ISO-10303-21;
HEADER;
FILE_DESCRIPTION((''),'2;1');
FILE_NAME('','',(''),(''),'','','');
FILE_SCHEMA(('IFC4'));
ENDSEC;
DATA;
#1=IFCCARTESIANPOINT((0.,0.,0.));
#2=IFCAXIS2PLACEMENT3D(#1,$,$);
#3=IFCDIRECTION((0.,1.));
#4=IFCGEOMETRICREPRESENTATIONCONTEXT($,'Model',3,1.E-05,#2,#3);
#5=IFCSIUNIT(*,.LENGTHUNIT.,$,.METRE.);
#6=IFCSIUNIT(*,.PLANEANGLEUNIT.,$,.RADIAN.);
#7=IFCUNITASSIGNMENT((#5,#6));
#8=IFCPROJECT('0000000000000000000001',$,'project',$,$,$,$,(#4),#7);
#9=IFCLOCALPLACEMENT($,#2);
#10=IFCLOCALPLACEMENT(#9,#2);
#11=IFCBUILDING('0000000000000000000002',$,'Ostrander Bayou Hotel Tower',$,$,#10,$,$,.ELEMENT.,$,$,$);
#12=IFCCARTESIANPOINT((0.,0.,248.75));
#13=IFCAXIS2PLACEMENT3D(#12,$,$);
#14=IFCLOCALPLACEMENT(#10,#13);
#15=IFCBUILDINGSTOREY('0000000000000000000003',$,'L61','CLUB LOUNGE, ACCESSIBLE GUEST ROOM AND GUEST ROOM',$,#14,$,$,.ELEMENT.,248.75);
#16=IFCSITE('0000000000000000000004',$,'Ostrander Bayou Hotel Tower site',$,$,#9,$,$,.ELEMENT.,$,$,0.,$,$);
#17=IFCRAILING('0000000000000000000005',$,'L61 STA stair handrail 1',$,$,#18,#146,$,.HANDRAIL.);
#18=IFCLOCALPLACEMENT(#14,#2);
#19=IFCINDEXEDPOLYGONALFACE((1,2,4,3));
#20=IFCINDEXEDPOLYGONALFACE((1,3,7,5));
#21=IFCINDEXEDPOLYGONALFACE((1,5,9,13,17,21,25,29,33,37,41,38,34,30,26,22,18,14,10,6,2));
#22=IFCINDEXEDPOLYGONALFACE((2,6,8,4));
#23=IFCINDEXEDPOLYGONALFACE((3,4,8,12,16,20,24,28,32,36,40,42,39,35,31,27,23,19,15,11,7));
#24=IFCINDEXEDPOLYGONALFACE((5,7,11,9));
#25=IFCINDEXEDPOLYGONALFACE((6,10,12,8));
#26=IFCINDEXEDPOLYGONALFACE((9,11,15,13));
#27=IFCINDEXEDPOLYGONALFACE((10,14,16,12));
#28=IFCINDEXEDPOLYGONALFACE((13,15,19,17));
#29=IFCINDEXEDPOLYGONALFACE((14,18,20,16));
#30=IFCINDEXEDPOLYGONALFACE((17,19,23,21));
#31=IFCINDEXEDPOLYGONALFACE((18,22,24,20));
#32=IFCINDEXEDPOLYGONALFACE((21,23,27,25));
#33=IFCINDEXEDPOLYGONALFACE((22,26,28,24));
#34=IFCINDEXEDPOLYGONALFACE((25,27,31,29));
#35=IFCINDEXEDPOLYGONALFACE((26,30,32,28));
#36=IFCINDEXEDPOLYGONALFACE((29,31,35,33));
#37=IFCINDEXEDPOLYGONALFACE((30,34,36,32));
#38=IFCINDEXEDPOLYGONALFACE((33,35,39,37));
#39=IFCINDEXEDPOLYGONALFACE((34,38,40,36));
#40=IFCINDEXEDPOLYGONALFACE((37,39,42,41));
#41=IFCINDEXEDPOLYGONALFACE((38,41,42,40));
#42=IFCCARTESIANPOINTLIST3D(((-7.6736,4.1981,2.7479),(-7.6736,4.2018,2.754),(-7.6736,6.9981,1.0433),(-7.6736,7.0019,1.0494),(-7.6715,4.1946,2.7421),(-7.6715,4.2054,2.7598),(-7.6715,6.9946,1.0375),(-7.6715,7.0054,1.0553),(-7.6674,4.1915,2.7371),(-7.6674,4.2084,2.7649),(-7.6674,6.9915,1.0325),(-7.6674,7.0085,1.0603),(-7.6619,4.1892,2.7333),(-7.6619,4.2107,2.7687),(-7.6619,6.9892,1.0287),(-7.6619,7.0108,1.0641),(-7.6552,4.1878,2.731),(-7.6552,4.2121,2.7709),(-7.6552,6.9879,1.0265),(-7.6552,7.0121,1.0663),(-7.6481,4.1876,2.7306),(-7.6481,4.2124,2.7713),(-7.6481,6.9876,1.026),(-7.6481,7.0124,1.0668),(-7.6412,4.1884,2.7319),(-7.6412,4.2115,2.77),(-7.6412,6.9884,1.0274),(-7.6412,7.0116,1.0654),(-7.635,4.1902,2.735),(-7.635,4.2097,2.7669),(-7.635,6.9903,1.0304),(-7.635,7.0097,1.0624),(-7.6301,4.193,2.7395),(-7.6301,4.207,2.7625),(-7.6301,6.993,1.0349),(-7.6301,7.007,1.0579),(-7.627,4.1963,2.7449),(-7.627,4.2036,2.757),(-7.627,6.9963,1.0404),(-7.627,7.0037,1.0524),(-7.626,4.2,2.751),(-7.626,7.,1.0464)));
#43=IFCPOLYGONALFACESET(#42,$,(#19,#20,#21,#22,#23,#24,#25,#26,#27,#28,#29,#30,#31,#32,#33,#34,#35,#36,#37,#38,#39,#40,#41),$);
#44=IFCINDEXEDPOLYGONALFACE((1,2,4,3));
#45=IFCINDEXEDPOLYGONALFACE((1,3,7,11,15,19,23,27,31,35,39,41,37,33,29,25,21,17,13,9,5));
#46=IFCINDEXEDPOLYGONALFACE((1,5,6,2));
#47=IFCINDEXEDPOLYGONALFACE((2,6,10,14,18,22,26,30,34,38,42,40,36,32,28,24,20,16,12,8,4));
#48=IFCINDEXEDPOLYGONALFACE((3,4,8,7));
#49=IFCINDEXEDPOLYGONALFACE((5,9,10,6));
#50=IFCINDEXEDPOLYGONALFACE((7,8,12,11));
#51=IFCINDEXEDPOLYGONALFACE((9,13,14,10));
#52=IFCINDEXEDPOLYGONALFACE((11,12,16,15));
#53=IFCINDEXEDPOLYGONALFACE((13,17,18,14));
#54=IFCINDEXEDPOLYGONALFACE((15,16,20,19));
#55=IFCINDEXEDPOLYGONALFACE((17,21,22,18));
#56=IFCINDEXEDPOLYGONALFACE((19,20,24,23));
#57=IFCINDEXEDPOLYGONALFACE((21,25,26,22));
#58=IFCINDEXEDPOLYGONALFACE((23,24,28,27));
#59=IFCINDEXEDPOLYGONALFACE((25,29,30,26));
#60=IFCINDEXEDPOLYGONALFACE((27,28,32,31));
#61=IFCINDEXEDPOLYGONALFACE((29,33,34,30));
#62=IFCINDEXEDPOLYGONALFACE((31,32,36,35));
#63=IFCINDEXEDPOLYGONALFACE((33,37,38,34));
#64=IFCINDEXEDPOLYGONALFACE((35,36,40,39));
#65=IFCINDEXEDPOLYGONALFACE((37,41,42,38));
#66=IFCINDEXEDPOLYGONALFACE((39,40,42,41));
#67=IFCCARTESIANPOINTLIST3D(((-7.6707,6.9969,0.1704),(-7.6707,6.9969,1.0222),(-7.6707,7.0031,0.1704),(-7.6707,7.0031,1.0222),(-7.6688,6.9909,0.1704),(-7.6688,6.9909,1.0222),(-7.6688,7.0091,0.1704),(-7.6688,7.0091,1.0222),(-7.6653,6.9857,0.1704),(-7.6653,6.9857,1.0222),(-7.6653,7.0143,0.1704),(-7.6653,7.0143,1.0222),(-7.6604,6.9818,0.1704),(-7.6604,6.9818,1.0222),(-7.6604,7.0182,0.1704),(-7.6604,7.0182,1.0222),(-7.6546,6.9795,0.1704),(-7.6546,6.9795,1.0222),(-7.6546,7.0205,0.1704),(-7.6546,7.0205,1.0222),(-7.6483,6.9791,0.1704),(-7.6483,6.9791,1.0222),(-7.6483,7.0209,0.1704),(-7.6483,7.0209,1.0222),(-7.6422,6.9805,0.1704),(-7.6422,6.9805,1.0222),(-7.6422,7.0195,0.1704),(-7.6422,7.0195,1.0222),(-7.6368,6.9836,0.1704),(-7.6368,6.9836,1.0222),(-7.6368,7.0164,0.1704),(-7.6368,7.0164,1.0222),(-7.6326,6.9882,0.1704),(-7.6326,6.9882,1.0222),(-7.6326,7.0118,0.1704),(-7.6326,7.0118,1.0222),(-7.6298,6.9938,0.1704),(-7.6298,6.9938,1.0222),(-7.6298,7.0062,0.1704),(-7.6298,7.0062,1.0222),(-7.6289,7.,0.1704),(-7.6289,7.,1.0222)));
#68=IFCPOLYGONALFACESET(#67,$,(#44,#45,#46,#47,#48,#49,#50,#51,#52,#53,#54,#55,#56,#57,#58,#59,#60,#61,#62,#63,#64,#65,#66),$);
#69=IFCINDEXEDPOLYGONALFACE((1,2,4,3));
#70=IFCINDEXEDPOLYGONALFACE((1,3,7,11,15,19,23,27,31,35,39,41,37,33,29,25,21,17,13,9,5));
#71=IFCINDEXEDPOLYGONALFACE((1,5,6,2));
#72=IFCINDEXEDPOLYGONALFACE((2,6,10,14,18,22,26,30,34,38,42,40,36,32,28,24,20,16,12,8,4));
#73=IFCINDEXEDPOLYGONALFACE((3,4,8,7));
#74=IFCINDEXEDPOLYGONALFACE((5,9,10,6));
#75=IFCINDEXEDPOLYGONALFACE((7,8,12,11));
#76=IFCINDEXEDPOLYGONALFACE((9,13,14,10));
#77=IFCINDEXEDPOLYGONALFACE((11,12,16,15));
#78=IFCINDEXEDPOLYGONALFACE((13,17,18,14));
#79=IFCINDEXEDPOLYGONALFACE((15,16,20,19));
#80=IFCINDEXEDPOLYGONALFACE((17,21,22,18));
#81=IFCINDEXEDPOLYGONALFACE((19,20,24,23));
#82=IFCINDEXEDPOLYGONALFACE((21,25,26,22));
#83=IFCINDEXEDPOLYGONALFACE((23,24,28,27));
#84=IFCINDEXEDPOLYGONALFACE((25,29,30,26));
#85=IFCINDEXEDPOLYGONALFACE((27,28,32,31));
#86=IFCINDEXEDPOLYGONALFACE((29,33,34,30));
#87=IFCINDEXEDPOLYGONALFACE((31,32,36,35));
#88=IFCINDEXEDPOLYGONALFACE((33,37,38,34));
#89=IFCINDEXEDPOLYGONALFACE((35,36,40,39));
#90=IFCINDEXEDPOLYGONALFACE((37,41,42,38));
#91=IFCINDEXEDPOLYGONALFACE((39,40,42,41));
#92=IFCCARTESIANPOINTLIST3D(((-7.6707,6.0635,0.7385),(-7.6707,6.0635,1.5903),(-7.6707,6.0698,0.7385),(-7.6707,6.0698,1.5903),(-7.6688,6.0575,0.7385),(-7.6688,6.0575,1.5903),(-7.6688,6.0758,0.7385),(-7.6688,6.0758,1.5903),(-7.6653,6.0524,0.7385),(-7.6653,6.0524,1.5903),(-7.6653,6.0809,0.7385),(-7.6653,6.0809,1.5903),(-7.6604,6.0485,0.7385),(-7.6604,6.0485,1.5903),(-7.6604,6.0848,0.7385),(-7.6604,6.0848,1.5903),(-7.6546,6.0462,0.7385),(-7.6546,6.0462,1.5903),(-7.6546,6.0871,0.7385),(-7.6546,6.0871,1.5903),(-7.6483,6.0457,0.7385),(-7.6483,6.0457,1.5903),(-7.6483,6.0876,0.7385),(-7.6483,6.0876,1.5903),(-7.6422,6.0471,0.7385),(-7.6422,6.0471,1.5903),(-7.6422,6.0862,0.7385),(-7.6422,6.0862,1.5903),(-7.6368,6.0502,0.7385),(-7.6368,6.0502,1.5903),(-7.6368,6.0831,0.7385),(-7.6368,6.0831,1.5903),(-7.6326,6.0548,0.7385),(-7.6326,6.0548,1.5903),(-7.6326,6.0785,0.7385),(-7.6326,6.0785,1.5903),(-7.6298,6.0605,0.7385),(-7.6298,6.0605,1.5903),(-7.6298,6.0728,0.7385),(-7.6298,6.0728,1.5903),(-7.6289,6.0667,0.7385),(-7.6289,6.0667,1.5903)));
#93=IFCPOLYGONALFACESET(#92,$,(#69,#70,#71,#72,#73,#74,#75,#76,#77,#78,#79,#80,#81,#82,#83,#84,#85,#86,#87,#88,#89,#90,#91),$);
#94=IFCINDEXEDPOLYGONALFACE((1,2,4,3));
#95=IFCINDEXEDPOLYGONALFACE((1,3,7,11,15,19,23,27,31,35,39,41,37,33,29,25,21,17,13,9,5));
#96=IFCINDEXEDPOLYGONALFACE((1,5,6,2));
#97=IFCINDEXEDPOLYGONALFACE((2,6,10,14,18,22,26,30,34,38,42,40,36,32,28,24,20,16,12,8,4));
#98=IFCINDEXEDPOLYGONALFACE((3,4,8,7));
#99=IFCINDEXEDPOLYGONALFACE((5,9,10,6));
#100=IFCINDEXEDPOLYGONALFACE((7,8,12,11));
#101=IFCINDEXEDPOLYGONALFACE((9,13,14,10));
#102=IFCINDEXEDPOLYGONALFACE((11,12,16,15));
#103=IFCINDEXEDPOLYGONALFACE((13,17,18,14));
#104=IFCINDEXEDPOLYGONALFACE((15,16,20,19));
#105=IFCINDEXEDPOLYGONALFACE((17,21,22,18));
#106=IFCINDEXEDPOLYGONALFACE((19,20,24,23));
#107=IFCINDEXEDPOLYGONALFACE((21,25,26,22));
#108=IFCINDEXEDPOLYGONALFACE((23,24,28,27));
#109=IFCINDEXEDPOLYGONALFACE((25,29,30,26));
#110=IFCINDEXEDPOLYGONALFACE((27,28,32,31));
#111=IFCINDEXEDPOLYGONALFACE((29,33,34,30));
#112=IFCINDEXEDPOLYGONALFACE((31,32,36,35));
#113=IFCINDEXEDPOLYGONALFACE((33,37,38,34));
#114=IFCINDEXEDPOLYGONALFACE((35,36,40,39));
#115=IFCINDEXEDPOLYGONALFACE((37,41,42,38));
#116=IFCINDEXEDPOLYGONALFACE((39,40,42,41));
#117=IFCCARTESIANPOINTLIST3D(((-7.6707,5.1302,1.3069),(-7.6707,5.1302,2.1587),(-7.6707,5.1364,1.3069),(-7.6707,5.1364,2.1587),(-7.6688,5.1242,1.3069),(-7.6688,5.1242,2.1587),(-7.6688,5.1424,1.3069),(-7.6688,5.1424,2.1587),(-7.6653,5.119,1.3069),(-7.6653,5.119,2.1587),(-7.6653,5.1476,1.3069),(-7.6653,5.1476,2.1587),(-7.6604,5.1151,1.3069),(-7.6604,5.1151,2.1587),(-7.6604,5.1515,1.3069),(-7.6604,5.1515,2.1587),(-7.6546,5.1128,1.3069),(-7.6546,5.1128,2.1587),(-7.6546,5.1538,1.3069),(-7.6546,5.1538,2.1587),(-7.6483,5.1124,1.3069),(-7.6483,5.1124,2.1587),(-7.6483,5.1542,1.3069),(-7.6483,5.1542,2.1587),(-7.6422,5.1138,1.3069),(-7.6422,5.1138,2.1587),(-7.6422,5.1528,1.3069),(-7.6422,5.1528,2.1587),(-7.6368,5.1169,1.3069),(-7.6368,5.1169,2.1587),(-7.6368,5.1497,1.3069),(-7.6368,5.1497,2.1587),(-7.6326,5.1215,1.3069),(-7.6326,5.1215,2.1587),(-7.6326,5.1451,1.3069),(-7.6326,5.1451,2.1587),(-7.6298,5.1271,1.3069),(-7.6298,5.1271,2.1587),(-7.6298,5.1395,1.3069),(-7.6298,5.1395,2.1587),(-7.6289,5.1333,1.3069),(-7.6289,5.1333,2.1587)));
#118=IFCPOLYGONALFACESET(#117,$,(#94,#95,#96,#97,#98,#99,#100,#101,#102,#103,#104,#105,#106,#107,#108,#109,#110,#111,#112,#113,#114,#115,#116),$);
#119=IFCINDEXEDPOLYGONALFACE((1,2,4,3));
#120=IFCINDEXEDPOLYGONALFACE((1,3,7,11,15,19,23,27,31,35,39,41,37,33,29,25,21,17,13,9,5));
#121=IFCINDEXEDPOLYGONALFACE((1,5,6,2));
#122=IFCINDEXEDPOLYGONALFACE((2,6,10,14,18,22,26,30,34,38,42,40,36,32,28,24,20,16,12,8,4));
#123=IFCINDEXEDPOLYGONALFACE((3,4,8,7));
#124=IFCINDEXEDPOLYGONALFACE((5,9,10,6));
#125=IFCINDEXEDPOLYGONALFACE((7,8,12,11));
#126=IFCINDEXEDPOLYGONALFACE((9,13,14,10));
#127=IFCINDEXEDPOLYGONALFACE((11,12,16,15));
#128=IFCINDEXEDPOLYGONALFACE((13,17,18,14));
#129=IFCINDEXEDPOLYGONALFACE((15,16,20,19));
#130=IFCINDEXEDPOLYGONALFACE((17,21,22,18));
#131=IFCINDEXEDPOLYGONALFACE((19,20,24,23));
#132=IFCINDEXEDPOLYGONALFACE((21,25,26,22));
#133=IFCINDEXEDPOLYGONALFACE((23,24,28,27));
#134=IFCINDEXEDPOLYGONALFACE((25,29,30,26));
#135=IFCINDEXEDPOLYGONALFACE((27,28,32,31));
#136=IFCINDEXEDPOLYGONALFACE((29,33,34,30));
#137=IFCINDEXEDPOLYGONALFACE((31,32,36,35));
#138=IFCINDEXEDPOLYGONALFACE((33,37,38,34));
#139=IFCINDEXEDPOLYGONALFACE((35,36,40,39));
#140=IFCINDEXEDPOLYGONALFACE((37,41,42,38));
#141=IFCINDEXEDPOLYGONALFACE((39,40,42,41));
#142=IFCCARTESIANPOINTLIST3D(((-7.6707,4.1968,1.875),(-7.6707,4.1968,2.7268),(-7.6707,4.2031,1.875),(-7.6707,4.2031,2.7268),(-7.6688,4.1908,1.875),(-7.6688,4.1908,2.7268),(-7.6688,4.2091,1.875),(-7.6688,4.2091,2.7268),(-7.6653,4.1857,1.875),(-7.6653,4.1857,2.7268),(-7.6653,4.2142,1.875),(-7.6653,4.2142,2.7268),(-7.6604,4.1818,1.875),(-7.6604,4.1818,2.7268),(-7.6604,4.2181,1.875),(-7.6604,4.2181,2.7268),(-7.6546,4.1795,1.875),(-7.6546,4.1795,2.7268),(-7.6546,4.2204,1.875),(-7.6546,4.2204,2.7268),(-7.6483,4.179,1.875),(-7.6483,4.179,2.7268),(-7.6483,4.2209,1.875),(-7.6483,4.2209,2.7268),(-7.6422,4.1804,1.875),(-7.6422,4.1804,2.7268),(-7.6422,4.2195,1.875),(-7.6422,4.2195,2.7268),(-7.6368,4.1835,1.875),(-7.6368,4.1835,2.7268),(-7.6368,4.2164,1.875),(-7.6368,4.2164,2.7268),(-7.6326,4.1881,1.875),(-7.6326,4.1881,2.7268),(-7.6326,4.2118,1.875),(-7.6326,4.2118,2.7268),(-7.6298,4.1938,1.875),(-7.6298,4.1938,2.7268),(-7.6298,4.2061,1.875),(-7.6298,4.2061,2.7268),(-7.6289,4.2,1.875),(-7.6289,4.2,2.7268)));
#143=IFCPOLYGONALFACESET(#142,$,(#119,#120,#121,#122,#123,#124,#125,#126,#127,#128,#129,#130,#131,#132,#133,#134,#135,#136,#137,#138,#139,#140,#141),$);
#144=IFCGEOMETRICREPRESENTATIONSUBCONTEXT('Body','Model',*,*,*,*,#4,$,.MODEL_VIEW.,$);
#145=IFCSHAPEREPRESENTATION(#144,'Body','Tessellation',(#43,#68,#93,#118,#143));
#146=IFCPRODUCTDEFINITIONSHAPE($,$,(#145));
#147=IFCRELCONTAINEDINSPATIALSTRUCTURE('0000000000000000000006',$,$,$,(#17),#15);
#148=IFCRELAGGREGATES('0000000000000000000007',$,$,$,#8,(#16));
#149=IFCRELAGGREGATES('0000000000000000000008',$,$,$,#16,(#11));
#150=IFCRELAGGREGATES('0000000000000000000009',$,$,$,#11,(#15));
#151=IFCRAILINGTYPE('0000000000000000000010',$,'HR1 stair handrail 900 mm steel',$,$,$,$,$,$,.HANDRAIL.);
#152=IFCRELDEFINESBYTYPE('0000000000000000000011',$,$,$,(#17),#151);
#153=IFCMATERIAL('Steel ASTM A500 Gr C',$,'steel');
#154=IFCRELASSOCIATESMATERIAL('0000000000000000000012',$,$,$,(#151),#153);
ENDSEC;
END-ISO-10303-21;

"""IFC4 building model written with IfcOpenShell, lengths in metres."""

from ifc_helpers import new_model, si_unit, direction, frame, origin, origin_2d, place, context, subcontext, project, spatial, circle, extrude, material, type_object, element, save


model = new_model("IFC4")

# Units and contexts
model_context = context("Model", 3, precision=1e-05, world=origin(), true_north=direction((0.0, 1.0)))
body_context = subcontext(model_context, "Body", "Model", "MODEL_VIEW")
ifc_project = project(units=[si_unit("LENGTHUNIT", "METRE"), si_unit("PLANEANGLEUNIT", "RADIAN")], contexts=[model_context])

# Site, building, storey
site_placement = place(None, origin())
site = spatial("IfcSite", under=ifc_project, at=site_placement, Name="Ostrander Bayou Hotel Tower site", CompositionType="ELEMENT", RefElevation=0.0)
building_placement = place(site_placement, origin())
building = spatial("IfcBuilding", under=site, at=building_placement, Name="Ostrander Bayou Hotel Tower", CompositionType="ELEMENT")
storey_placement = place(building_placement, frame((0.0, 0.0, 248.75)))
storey = spatial("IfcBuildingStorey", under=building, at=storey_placement, Name="L61", Description="CLUB LOUNGE, ACCESSIBLE GUEST ROOM AND GUEST ROOM", CompositionType="ELEMENT", Elevation=248.75)

# Railing
ifc_material_1 = material(Name="Steel ASTM A500 Gr C", Category="steel")
railing_type_1 = type_object("IfcRailingType", Name="HR1 stair handrail 900 mm steel", PredefinedType="HANDRAIL", material=ifc_material_1)
railing_1_placement = place(storey_placement, frame((-7.6499, 7.0, 0.1704)))
element("IfcRailing", 1, at=railing_1_placement, inside=storey, type_object=railing_type_1, Name="L61 STA stair handrail 1", PredefinedType="HANDRAIL", context=body_context, shape_type="SweptSolid", body=[
    extrude(circle(Radius=0.0239, at=origin_2d()), frame((0.0, 0.0, 0.876), z_axis=(0.0, -0.85417, 0.519994), x_axis=(1.0, 0.0, 0.0)), (0.0, 0.0, 1.0), 3.2781),
    extrude(circle(Radius=0.021, at=origin_2d()), origin(), (0.0, 0.0, 1.0), 0.8518),
    extrude(circle(Radius=0.021, at=origin_2d()), frame((0.0, -0.9333, 0.5681)), (0.0, 0.0, 1.0), 0.8518),
    extrude(circle(Radius=0.021, at=origin_2d()), frame((0.0, -1.8667, 1.1365)), (0.0, 0.0, 1.0), 0.8518),
    extrude(circle(Radius=0.021, at=origin_2d()), frame((0.0, -2.8, 1.7046)), (0.0, 0.0, 1.0), 0.8518),
])

save(model, "model.ifc")
